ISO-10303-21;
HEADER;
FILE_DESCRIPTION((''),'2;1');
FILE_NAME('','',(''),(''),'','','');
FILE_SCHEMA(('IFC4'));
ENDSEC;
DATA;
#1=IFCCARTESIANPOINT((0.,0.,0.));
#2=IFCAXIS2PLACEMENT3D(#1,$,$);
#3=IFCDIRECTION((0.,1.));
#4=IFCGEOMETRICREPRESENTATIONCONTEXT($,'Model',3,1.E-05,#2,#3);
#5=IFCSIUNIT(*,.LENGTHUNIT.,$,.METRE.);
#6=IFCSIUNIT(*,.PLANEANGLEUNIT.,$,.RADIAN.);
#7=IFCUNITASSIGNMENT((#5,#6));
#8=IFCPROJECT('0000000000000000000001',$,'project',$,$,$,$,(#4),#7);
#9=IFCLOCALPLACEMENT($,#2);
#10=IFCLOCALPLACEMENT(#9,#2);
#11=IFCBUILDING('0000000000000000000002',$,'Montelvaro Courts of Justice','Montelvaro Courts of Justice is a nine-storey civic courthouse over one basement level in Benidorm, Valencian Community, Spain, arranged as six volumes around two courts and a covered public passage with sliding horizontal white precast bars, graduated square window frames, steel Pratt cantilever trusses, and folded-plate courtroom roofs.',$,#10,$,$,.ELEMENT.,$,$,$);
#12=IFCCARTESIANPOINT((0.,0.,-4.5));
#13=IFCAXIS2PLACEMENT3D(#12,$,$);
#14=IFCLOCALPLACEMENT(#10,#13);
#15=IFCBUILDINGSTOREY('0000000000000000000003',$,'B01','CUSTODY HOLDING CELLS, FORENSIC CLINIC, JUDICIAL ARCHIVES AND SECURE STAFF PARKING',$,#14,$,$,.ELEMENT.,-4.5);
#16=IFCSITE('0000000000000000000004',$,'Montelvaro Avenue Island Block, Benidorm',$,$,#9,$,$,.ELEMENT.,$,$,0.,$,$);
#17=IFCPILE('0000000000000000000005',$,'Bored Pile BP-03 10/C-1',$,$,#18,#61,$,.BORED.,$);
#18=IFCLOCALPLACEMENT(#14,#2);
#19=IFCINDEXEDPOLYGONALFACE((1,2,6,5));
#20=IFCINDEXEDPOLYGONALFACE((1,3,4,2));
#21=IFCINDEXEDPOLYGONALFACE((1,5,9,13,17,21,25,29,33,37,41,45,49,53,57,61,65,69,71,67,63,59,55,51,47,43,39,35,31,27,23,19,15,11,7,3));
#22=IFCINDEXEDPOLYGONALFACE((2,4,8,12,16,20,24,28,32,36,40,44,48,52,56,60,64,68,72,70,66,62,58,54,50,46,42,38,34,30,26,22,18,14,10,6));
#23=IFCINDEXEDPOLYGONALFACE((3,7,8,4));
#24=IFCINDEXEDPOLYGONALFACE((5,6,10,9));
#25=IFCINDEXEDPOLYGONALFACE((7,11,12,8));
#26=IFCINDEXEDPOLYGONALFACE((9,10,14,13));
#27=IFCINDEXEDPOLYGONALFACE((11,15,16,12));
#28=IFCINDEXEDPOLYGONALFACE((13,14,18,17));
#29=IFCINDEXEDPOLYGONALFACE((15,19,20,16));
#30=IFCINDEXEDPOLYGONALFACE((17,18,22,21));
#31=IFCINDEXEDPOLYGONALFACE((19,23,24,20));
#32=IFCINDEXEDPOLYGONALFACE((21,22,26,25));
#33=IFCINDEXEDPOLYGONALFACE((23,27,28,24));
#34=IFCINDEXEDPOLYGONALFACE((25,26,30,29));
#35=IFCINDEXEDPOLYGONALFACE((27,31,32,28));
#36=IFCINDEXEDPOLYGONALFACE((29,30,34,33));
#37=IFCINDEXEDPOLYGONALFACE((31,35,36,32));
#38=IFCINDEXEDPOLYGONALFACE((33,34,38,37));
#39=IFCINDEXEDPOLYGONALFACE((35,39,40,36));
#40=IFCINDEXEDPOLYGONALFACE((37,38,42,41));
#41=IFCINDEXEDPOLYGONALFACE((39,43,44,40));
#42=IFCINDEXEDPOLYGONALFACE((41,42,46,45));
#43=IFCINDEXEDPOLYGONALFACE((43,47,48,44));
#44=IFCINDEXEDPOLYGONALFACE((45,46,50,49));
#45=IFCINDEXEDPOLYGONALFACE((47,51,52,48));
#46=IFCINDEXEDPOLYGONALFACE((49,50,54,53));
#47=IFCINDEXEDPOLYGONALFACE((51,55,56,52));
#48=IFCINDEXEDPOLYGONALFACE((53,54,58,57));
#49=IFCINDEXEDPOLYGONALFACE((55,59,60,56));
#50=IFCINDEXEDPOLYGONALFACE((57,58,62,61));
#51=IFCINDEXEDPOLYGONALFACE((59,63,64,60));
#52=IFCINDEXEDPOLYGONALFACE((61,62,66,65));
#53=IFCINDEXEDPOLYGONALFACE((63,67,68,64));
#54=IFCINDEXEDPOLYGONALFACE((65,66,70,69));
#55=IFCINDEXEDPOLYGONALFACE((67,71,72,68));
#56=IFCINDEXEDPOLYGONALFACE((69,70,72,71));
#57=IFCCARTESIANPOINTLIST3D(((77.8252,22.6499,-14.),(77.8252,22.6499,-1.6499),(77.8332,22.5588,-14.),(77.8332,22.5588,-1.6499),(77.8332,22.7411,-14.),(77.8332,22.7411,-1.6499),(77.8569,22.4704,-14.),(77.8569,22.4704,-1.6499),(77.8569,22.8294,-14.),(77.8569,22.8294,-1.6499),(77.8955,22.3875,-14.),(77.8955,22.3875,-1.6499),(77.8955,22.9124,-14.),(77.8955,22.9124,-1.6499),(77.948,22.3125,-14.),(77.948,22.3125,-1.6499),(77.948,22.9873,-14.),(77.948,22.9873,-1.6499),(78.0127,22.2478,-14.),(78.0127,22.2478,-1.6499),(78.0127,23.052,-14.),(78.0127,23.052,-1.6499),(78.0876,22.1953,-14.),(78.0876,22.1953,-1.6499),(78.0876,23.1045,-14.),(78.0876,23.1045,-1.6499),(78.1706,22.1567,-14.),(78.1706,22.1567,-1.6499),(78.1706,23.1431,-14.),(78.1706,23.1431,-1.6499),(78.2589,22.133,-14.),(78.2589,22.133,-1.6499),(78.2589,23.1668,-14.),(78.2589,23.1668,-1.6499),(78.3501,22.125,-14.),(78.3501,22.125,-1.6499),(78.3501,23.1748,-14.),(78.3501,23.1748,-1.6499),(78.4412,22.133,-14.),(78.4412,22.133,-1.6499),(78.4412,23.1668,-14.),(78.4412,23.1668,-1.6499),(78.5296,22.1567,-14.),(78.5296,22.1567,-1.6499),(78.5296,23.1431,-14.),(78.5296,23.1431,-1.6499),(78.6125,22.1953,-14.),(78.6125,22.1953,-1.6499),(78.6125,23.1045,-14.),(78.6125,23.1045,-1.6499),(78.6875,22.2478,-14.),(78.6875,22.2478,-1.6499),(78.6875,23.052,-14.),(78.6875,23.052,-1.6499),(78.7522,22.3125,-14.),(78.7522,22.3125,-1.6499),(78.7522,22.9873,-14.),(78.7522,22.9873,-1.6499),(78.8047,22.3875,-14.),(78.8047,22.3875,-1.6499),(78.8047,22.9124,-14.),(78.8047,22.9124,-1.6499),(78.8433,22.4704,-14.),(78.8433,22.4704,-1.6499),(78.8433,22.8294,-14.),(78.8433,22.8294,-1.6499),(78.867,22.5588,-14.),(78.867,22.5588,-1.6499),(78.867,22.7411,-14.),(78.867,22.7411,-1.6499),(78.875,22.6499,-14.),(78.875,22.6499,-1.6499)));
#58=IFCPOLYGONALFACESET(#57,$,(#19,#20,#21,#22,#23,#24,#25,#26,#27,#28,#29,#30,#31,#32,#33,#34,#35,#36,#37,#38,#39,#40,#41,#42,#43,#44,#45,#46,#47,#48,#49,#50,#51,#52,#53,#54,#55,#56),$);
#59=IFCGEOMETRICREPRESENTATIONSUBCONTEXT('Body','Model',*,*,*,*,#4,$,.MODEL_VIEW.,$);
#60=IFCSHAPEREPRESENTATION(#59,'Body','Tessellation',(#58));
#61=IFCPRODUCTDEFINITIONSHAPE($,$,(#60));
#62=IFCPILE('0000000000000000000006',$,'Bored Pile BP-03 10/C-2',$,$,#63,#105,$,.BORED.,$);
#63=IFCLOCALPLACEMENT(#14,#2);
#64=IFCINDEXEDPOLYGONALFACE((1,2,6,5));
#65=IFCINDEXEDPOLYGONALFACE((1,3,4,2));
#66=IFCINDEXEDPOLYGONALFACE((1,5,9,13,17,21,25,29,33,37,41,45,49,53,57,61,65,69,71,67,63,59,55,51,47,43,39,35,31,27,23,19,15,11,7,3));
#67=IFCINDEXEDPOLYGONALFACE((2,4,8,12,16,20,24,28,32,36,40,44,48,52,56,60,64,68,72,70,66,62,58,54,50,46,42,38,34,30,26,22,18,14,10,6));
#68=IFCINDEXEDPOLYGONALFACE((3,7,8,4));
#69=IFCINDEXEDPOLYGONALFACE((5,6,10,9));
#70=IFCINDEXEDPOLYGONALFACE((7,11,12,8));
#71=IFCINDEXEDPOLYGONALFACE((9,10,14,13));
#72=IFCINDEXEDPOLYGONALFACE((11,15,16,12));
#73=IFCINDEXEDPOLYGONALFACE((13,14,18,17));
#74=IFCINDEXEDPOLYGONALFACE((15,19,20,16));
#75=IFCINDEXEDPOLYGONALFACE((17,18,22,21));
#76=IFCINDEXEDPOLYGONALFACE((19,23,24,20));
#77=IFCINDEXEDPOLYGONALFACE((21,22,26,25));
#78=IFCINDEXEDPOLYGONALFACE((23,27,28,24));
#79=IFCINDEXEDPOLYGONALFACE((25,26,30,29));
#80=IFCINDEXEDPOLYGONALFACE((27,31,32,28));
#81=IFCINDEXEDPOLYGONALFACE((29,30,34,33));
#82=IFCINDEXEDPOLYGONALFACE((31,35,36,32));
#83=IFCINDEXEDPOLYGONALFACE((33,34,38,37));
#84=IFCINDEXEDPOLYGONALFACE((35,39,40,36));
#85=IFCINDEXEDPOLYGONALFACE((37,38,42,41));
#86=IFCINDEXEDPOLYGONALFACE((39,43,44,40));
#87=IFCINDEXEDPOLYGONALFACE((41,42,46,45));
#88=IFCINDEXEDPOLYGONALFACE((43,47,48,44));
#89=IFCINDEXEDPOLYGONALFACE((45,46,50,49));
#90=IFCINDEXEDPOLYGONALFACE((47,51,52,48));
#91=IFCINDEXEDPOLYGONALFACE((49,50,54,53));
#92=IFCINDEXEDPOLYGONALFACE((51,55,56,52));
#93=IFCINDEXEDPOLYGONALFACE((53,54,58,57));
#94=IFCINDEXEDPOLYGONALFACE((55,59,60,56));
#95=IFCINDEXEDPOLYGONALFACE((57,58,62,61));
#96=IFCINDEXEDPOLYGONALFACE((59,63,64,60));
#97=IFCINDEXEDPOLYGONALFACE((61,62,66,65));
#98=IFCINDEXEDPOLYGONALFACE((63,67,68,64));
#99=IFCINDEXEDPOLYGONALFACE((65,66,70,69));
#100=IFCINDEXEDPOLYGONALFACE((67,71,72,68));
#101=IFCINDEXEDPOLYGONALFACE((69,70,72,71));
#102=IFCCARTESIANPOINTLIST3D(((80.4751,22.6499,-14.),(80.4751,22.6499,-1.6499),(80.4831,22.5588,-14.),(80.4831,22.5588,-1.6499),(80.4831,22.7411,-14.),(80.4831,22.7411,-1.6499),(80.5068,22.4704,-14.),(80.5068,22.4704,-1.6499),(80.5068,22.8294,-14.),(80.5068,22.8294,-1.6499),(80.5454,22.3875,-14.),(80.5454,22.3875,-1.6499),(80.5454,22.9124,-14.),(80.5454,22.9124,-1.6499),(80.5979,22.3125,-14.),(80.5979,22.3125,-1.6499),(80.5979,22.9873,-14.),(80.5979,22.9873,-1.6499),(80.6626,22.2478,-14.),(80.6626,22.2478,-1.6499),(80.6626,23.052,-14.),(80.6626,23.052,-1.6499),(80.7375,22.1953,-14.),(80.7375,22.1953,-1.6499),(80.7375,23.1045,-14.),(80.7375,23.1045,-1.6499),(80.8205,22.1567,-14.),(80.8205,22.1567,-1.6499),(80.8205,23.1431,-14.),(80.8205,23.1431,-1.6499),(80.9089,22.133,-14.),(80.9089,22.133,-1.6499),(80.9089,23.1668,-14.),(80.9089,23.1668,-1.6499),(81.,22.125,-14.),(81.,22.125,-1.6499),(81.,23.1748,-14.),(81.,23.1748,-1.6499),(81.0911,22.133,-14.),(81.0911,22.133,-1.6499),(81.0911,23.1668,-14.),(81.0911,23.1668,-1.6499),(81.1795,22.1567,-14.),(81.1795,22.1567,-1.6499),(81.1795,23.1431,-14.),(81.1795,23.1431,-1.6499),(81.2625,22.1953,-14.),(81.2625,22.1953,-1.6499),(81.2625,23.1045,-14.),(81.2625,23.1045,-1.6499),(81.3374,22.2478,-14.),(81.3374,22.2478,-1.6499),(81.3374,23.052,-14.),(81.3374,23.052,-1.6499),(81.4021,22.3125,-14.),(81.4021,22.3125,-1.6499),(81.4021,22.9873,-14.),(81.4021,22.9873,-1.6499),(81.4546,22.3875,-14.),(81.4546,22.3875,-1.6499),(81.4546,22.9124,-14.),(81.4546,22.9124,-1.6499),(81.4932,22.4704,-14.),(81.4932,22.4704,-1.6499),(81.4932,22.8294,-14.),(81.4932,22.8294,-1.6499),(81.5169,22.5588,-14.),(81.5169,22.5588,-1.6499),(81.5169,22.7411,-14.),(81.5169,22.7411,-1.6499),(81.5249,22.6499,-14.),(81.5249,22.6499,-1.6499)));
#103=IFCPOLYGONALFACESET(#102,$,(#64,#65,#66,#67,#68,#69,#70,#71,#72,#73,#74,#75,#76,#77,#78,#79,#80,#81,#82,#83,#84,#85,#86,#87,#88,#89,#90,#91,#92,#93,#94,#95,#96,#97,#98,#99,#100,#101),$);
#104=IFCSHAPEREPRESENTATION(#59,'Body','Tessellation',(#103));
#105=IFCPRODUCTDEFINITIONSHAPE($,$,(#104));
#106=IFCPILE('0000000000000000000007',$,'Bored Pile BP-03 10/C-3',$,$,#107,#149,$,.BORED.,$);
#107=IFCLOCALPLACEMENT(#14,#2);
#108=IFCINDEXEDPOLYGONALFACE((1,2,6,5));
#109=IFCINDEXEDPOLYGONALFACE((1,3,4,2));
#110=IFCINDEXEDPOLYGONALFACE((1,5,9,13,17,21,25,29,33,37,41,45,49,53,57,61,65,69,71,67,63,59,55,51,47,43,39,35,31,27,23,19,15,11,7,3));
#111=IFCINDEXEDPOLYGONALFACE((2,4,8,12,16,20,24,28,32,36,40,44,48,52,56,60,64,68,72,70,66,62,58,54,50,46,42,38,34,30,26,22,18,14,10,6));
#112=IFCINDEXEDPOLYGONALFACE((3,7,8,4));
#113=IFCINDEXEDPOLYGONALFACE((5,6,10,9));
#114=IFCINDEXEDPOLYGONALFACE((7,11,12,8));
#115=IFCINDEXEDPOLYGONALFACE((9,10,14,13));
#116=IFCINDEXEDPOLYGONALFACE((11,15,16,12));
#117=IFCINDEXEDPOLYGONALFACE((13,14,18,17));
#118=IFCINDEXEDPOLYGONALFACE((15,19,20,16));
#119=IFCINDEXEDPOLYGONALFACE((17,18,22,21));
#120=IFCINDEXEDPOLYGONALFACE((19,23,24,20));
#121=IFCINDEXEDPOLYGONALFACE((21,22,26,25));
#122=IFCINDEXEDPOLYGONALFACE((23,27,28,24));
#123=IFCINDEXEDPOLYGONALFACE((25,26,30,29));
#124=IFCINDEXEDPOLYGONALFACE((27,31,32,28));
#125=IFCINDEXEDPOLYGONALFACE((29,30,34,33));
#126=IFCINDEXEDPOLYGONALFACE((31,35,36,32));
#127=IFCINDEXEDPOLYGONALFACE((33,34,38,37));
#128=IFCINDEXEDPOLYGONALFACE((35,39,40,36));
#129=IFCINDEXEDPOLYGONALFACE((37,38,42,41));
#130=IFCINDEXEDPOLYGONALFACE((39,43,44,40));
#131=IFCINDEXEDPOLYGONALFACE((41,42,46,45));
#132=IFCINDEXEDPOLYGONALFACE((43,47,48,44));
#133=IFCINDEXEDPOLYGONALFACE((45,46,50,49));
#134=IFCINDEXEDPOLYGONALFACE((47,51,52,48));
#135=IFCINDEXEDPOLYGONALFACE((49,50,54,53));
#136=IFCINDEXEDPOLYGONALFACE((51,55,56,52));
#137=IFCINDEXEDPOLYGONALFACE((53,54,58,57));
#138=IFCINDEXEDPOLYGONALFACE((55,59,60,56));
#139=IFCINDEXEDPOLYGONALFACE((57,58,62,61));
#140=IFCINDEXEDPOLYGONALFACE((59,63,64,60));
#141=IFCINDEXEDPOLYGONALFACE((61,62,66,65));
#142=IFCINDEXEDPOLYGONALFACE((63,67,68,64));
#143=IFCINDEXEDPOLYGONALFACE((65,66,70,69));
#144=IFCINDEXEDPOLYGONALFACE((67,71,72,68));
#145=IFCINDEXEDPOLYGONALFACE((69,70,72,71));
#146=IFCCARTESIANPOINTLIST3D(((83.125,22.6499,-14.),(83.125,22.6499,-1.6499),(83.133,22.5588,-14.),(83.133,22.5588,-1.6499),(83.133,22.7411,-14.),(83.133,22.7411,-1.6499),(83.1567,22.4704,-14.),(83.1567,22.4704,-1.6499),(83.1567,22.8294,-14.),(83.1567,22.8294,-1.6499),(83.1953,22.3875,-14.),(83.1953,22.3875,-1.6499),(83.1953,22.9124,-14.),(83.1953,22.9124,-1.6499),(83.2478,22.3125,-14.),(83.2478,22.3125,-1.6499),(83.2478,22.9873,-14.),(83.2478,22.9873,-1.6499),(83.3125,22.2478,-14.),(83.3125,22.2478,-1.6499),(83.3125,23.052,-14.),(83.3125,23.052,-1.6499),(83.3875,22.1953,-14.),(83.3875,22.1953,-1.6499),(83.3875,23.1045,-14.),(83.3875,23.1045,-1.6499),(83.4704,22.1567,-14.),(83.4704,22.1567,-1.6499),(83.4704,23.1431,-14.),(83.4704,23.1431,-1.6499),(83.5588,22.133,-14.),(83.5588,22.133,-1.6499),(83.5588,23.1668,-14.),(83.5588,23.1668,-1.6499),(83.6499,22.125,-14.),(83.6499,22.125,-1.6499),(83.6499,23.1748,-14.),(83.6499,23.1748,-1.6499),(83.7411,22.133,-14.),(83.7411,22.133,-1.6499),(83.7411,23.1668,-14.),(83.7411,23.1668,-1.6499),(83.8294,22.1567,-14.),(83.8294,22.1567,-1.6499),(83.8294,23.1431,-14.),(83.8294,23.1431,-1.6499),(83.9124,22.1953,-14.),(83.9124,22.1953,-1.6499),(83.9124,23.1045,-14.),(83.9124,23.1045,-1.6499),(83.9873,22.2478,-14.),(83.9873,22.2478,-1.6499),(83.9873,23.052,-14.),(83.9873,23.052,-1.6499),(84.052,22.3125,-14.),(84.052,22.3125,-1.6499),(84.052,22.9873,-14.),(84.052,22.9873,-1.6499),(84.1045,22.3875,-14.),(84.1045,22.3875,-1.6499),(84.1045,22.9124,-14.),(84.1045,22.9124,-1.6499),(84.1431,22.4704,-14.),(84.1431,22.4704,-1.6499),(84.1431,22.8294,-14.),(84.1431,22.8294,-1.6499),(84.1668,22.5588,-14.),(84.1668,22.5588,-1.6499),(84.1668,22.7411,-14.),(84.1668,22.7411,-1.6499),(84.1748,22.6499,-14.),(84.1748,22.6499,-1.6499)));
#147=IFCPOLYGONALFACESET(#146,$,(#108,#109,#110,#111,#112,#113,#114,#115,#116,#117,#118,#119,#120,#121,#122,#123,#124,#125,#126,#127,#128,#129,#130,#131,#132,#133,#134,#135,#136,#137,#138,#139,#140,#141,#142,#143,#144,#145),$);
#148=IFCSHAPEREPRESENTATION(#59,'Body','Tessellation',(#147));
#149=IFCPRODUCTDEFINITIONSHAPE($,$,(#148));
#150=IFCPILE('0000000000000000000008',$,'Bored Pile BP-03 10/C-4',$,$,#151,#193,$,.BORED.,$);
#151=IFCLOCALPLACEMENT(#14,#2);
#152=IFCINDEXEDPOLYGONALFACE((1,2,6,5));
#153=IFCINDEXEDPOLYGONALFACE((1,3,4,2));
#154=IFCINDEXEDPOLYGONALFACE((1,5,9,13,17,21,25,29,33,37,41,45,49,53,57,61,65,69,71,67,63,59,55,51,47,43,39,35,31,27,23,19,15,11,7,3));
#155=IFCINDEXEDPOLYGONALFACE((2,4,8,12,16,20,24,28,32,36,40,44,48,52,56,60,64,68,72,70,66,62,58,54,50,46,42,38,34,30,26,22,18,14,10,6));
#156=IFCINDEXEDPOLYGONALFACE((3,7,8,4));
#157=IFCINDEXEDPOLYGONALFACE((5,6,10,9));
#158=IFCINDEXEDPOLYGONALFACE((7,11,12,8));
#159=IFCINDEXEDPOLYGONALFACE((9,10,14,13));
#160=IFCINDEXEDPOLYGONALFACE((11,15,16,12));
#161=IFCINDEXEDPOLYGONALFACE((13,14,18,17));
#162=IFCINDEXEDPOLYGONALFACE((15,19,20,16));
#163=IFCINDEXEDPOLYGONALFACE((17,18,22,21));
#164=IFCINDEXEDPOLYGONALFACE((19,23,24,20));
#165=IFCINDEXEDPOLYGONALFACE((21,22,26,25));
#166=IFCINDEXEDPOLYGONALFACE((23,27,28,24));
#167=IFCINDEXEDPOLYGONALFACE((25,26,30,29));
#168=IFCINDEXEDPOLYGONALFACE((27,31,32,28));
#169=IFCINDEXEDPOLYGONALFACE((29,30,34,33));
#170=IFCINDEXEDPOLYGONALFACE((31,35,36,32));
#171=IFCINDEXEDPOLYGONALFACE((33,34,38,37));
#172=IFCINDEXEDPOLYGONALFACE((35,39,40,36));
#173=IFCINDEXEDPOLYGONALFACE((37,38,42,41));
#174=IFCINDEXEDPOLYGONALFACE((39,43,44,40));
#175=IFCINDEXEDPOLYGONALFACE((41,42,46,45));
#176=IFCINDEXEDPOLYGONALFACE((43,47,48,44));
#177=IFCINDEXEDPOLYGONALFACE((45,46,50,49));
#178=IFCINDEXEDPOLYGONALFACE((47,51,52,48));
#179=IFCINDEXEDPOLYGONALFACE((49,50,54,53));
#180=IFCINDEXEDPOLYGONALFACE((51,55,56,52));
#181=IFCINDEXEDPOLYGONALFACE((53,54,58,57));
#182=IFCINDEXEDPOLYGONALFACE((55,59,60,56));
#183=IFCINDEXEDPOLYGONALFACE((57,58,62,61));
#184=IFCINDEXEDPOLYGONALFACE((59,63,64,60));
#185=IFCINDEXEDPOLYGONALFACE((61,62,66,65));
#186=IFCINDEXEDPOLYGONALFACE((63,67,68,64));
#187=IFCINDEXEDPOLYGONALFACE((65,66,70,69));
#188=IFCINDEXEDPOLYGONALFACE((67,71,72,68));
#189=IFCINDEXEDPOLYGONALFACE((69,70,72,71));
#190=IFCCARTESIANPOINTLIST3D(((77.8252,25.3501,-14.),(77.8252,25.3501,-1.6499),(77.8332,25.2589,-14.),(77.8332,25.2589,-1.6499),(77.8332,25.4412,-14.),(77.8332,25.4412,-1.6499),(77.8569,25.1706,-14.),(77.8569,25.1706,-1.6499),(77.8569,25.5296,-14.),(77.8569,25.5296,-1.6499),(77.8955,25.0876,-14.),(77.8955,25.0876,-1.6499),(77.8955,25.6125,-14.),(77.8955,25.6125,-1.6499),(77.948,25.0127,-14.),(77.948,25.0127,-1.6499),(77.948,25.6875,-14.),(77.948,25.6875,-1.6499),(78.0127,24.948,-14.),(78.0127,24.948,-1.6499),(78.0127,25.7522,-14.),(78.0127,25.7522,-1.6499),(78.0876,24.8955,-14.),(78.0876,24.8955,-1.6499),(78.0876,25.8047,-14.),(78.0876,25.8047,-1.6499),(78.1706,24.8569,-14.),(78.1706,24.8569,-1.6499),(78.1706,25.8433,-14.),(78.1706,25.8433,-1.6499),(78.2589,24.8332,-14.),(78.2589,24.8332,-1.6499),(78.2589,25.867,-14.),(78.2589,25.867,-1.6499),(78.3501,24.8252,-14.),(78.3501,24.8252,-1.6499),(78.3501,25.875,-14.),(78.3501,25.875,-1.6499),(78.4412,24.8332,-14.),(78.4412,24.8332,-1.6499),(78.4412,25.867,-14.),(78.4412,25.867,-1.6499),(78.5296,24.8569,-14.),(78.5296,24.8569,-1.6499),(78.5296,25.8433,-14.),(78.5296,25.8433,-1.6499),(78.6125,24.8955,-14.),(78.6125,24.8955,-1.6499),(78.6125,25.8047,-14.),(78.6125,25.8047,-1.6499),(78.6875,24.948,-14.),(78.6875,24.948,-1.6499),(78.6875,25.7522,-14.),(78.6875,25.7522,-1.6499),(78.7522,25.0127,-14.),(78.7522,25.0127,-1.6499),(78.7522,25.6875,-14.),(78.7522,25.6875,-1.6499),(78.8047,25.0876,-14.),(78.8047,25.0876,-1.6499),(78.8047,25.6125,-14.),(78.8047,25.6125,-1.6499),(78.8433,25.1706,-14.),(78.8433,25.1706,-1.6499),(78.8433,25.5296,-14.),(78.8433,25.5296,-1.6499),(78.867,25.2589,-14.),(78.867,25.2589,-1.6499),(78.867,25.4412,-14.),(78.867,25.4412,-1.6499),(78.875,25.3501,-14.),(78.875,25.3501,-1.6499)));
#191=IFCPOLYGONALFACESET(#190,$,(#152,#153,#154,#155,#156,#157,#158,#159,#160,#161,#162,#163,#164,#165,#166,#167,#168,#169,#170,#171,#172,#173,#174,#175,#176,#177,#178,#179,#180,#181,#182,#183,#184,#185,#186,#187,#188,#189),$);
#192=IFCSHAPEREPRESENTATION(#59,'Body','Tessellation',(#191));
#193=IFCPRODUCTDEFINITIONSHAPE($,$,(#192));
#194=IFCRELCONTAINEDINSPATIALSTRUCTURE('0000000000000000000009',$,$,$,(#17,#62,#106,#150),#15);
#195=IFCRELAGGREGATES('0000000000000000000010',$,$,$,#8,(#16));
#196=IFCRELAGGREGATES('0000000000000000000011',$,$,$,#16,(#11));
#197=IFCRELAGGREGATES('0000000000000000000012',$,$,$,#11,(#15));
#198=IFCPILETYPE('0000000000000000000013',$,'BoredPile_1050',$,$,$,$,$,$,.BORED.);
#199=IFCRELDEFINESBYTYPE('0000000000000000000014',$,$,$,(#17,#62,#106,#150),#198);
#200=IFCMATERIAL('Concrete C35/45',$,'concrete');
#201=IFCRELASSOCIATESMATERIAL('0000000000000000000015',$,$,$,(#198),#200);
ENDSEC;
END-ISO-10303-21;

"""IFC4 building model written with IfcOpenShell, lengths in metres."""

from ifc_helpers import new_model, si_unit, direction, frame, origin, origin_2d, place, context, subcontext, project, spatial, circle, extrude, material, material_profile, profile_set, type_object, element, save


model = new_model("IFC4")

# Units and contexts
model_context = context("Model", 3, precision=1e-05, world=origin(), true_north=direction((0.0, 1.0)))
body_context = subcontext(model_context, "Body", "Model", "MODEL_VIEW")
ifc_project = project(units=[si_unit("LENGTHUNIT", "METRE"), si_unit("PLANEANGLEUNIT", "RADIAN")], contexts=[model_context])

# Site, building, storey
site_placement = place(None, origin())
site = spatial("IfcSite", under=ifc_project, at=site_placement, Name="Montelvaro Avenue Island Block, Benidorm", CompositionType="ELEMENT", RefElevation=0.0)
building_placement = place(site_placement, origin())
building = spatial("IfcBuilding", under=site, at=building_placement, Name="Montelvaro Courts of Justice", Description="Montelvaro Courts of Justice is a nine-storey civic courthouse over one basement level in Benidorm, Valencian Community, Spain, arranged as six volumes around two courts and a covered public passage with sliding horizontal white precast bars, graduated square window frames, steel Pratt cantilever trusses, and folded-plate courtroom roofs.", CompositionType="ELEMENT")
storey_placement = place(building_placement, frame((0.0, 0.0, -4.5)))
storey = spatial("IfcBuildingStorey", under=building, at=storey_placement, Name="B01", Description="CUSTODY HOLDING CELLS, FORENSIC CLINIC, JUDICIAL ARCHIVES AND SECURE STAFF PARKING", CompositionType="ELEMENT", Elevation=-4.5)

# Piles
ifc_material_1 = material(Name="Concrete C35/45", Category="concrete")
ifc_material_profile_1 = material_profile(ifc_material_1, circle(Radius=0.5249, at=origin_2d()), Name="BORED PILE D1050")
ifc_profile_set_1 = profile_set([ifc_material_profile_1], Name="Concrete C35/45")
pile_type_1 = type_object("IfcPileType", Name="BoredPile_1050", PredefinedType="BORED", material=ifc_profile_set_1)
for number, where, z_axis, x_axis, name in (
    (1, (78.3501, 22.6499, -1.6499), (0.0, 0.0, -1.0), (1.0, 0.0, 0.0), "Bored Pile BP-03 10/C-1"),
    (2, (81.0, 22.6499, -1.6499), (0.0, 0.0, -1.0), (1.0, 0.0, 0.0), "Bored Pile BP-03 10/C-2"),
    (3, (83.6499, 22.6499, -1.6499), (0.0, 0.0, -1.0), (1.0, 0.0, 0.0), "Bored Pile BP-03 10/C-3"),
    (4, (78.3501, 25.3501, -1.6499), (0.0, 0.0, -1.0), (1.0, 0.0, 0.0), "Bored Pile BP-03 10/C-4"),
):
    element("IfcPile", number, at=place(storey_placement, frame(where, z_axis=z_axis, x_axis=x_axis)), inside=storey, type_object=pile_type_1, Name=name, PredefinedType="BORED", context=body_context, shape_type="SweptSolid", body=[
        extrude(circle(Radius=0.5249, at=origin_2d()), origin(), (0.0, 0.0, 1.0), 12.3501),
    ])

save(model, "model.ifc")
